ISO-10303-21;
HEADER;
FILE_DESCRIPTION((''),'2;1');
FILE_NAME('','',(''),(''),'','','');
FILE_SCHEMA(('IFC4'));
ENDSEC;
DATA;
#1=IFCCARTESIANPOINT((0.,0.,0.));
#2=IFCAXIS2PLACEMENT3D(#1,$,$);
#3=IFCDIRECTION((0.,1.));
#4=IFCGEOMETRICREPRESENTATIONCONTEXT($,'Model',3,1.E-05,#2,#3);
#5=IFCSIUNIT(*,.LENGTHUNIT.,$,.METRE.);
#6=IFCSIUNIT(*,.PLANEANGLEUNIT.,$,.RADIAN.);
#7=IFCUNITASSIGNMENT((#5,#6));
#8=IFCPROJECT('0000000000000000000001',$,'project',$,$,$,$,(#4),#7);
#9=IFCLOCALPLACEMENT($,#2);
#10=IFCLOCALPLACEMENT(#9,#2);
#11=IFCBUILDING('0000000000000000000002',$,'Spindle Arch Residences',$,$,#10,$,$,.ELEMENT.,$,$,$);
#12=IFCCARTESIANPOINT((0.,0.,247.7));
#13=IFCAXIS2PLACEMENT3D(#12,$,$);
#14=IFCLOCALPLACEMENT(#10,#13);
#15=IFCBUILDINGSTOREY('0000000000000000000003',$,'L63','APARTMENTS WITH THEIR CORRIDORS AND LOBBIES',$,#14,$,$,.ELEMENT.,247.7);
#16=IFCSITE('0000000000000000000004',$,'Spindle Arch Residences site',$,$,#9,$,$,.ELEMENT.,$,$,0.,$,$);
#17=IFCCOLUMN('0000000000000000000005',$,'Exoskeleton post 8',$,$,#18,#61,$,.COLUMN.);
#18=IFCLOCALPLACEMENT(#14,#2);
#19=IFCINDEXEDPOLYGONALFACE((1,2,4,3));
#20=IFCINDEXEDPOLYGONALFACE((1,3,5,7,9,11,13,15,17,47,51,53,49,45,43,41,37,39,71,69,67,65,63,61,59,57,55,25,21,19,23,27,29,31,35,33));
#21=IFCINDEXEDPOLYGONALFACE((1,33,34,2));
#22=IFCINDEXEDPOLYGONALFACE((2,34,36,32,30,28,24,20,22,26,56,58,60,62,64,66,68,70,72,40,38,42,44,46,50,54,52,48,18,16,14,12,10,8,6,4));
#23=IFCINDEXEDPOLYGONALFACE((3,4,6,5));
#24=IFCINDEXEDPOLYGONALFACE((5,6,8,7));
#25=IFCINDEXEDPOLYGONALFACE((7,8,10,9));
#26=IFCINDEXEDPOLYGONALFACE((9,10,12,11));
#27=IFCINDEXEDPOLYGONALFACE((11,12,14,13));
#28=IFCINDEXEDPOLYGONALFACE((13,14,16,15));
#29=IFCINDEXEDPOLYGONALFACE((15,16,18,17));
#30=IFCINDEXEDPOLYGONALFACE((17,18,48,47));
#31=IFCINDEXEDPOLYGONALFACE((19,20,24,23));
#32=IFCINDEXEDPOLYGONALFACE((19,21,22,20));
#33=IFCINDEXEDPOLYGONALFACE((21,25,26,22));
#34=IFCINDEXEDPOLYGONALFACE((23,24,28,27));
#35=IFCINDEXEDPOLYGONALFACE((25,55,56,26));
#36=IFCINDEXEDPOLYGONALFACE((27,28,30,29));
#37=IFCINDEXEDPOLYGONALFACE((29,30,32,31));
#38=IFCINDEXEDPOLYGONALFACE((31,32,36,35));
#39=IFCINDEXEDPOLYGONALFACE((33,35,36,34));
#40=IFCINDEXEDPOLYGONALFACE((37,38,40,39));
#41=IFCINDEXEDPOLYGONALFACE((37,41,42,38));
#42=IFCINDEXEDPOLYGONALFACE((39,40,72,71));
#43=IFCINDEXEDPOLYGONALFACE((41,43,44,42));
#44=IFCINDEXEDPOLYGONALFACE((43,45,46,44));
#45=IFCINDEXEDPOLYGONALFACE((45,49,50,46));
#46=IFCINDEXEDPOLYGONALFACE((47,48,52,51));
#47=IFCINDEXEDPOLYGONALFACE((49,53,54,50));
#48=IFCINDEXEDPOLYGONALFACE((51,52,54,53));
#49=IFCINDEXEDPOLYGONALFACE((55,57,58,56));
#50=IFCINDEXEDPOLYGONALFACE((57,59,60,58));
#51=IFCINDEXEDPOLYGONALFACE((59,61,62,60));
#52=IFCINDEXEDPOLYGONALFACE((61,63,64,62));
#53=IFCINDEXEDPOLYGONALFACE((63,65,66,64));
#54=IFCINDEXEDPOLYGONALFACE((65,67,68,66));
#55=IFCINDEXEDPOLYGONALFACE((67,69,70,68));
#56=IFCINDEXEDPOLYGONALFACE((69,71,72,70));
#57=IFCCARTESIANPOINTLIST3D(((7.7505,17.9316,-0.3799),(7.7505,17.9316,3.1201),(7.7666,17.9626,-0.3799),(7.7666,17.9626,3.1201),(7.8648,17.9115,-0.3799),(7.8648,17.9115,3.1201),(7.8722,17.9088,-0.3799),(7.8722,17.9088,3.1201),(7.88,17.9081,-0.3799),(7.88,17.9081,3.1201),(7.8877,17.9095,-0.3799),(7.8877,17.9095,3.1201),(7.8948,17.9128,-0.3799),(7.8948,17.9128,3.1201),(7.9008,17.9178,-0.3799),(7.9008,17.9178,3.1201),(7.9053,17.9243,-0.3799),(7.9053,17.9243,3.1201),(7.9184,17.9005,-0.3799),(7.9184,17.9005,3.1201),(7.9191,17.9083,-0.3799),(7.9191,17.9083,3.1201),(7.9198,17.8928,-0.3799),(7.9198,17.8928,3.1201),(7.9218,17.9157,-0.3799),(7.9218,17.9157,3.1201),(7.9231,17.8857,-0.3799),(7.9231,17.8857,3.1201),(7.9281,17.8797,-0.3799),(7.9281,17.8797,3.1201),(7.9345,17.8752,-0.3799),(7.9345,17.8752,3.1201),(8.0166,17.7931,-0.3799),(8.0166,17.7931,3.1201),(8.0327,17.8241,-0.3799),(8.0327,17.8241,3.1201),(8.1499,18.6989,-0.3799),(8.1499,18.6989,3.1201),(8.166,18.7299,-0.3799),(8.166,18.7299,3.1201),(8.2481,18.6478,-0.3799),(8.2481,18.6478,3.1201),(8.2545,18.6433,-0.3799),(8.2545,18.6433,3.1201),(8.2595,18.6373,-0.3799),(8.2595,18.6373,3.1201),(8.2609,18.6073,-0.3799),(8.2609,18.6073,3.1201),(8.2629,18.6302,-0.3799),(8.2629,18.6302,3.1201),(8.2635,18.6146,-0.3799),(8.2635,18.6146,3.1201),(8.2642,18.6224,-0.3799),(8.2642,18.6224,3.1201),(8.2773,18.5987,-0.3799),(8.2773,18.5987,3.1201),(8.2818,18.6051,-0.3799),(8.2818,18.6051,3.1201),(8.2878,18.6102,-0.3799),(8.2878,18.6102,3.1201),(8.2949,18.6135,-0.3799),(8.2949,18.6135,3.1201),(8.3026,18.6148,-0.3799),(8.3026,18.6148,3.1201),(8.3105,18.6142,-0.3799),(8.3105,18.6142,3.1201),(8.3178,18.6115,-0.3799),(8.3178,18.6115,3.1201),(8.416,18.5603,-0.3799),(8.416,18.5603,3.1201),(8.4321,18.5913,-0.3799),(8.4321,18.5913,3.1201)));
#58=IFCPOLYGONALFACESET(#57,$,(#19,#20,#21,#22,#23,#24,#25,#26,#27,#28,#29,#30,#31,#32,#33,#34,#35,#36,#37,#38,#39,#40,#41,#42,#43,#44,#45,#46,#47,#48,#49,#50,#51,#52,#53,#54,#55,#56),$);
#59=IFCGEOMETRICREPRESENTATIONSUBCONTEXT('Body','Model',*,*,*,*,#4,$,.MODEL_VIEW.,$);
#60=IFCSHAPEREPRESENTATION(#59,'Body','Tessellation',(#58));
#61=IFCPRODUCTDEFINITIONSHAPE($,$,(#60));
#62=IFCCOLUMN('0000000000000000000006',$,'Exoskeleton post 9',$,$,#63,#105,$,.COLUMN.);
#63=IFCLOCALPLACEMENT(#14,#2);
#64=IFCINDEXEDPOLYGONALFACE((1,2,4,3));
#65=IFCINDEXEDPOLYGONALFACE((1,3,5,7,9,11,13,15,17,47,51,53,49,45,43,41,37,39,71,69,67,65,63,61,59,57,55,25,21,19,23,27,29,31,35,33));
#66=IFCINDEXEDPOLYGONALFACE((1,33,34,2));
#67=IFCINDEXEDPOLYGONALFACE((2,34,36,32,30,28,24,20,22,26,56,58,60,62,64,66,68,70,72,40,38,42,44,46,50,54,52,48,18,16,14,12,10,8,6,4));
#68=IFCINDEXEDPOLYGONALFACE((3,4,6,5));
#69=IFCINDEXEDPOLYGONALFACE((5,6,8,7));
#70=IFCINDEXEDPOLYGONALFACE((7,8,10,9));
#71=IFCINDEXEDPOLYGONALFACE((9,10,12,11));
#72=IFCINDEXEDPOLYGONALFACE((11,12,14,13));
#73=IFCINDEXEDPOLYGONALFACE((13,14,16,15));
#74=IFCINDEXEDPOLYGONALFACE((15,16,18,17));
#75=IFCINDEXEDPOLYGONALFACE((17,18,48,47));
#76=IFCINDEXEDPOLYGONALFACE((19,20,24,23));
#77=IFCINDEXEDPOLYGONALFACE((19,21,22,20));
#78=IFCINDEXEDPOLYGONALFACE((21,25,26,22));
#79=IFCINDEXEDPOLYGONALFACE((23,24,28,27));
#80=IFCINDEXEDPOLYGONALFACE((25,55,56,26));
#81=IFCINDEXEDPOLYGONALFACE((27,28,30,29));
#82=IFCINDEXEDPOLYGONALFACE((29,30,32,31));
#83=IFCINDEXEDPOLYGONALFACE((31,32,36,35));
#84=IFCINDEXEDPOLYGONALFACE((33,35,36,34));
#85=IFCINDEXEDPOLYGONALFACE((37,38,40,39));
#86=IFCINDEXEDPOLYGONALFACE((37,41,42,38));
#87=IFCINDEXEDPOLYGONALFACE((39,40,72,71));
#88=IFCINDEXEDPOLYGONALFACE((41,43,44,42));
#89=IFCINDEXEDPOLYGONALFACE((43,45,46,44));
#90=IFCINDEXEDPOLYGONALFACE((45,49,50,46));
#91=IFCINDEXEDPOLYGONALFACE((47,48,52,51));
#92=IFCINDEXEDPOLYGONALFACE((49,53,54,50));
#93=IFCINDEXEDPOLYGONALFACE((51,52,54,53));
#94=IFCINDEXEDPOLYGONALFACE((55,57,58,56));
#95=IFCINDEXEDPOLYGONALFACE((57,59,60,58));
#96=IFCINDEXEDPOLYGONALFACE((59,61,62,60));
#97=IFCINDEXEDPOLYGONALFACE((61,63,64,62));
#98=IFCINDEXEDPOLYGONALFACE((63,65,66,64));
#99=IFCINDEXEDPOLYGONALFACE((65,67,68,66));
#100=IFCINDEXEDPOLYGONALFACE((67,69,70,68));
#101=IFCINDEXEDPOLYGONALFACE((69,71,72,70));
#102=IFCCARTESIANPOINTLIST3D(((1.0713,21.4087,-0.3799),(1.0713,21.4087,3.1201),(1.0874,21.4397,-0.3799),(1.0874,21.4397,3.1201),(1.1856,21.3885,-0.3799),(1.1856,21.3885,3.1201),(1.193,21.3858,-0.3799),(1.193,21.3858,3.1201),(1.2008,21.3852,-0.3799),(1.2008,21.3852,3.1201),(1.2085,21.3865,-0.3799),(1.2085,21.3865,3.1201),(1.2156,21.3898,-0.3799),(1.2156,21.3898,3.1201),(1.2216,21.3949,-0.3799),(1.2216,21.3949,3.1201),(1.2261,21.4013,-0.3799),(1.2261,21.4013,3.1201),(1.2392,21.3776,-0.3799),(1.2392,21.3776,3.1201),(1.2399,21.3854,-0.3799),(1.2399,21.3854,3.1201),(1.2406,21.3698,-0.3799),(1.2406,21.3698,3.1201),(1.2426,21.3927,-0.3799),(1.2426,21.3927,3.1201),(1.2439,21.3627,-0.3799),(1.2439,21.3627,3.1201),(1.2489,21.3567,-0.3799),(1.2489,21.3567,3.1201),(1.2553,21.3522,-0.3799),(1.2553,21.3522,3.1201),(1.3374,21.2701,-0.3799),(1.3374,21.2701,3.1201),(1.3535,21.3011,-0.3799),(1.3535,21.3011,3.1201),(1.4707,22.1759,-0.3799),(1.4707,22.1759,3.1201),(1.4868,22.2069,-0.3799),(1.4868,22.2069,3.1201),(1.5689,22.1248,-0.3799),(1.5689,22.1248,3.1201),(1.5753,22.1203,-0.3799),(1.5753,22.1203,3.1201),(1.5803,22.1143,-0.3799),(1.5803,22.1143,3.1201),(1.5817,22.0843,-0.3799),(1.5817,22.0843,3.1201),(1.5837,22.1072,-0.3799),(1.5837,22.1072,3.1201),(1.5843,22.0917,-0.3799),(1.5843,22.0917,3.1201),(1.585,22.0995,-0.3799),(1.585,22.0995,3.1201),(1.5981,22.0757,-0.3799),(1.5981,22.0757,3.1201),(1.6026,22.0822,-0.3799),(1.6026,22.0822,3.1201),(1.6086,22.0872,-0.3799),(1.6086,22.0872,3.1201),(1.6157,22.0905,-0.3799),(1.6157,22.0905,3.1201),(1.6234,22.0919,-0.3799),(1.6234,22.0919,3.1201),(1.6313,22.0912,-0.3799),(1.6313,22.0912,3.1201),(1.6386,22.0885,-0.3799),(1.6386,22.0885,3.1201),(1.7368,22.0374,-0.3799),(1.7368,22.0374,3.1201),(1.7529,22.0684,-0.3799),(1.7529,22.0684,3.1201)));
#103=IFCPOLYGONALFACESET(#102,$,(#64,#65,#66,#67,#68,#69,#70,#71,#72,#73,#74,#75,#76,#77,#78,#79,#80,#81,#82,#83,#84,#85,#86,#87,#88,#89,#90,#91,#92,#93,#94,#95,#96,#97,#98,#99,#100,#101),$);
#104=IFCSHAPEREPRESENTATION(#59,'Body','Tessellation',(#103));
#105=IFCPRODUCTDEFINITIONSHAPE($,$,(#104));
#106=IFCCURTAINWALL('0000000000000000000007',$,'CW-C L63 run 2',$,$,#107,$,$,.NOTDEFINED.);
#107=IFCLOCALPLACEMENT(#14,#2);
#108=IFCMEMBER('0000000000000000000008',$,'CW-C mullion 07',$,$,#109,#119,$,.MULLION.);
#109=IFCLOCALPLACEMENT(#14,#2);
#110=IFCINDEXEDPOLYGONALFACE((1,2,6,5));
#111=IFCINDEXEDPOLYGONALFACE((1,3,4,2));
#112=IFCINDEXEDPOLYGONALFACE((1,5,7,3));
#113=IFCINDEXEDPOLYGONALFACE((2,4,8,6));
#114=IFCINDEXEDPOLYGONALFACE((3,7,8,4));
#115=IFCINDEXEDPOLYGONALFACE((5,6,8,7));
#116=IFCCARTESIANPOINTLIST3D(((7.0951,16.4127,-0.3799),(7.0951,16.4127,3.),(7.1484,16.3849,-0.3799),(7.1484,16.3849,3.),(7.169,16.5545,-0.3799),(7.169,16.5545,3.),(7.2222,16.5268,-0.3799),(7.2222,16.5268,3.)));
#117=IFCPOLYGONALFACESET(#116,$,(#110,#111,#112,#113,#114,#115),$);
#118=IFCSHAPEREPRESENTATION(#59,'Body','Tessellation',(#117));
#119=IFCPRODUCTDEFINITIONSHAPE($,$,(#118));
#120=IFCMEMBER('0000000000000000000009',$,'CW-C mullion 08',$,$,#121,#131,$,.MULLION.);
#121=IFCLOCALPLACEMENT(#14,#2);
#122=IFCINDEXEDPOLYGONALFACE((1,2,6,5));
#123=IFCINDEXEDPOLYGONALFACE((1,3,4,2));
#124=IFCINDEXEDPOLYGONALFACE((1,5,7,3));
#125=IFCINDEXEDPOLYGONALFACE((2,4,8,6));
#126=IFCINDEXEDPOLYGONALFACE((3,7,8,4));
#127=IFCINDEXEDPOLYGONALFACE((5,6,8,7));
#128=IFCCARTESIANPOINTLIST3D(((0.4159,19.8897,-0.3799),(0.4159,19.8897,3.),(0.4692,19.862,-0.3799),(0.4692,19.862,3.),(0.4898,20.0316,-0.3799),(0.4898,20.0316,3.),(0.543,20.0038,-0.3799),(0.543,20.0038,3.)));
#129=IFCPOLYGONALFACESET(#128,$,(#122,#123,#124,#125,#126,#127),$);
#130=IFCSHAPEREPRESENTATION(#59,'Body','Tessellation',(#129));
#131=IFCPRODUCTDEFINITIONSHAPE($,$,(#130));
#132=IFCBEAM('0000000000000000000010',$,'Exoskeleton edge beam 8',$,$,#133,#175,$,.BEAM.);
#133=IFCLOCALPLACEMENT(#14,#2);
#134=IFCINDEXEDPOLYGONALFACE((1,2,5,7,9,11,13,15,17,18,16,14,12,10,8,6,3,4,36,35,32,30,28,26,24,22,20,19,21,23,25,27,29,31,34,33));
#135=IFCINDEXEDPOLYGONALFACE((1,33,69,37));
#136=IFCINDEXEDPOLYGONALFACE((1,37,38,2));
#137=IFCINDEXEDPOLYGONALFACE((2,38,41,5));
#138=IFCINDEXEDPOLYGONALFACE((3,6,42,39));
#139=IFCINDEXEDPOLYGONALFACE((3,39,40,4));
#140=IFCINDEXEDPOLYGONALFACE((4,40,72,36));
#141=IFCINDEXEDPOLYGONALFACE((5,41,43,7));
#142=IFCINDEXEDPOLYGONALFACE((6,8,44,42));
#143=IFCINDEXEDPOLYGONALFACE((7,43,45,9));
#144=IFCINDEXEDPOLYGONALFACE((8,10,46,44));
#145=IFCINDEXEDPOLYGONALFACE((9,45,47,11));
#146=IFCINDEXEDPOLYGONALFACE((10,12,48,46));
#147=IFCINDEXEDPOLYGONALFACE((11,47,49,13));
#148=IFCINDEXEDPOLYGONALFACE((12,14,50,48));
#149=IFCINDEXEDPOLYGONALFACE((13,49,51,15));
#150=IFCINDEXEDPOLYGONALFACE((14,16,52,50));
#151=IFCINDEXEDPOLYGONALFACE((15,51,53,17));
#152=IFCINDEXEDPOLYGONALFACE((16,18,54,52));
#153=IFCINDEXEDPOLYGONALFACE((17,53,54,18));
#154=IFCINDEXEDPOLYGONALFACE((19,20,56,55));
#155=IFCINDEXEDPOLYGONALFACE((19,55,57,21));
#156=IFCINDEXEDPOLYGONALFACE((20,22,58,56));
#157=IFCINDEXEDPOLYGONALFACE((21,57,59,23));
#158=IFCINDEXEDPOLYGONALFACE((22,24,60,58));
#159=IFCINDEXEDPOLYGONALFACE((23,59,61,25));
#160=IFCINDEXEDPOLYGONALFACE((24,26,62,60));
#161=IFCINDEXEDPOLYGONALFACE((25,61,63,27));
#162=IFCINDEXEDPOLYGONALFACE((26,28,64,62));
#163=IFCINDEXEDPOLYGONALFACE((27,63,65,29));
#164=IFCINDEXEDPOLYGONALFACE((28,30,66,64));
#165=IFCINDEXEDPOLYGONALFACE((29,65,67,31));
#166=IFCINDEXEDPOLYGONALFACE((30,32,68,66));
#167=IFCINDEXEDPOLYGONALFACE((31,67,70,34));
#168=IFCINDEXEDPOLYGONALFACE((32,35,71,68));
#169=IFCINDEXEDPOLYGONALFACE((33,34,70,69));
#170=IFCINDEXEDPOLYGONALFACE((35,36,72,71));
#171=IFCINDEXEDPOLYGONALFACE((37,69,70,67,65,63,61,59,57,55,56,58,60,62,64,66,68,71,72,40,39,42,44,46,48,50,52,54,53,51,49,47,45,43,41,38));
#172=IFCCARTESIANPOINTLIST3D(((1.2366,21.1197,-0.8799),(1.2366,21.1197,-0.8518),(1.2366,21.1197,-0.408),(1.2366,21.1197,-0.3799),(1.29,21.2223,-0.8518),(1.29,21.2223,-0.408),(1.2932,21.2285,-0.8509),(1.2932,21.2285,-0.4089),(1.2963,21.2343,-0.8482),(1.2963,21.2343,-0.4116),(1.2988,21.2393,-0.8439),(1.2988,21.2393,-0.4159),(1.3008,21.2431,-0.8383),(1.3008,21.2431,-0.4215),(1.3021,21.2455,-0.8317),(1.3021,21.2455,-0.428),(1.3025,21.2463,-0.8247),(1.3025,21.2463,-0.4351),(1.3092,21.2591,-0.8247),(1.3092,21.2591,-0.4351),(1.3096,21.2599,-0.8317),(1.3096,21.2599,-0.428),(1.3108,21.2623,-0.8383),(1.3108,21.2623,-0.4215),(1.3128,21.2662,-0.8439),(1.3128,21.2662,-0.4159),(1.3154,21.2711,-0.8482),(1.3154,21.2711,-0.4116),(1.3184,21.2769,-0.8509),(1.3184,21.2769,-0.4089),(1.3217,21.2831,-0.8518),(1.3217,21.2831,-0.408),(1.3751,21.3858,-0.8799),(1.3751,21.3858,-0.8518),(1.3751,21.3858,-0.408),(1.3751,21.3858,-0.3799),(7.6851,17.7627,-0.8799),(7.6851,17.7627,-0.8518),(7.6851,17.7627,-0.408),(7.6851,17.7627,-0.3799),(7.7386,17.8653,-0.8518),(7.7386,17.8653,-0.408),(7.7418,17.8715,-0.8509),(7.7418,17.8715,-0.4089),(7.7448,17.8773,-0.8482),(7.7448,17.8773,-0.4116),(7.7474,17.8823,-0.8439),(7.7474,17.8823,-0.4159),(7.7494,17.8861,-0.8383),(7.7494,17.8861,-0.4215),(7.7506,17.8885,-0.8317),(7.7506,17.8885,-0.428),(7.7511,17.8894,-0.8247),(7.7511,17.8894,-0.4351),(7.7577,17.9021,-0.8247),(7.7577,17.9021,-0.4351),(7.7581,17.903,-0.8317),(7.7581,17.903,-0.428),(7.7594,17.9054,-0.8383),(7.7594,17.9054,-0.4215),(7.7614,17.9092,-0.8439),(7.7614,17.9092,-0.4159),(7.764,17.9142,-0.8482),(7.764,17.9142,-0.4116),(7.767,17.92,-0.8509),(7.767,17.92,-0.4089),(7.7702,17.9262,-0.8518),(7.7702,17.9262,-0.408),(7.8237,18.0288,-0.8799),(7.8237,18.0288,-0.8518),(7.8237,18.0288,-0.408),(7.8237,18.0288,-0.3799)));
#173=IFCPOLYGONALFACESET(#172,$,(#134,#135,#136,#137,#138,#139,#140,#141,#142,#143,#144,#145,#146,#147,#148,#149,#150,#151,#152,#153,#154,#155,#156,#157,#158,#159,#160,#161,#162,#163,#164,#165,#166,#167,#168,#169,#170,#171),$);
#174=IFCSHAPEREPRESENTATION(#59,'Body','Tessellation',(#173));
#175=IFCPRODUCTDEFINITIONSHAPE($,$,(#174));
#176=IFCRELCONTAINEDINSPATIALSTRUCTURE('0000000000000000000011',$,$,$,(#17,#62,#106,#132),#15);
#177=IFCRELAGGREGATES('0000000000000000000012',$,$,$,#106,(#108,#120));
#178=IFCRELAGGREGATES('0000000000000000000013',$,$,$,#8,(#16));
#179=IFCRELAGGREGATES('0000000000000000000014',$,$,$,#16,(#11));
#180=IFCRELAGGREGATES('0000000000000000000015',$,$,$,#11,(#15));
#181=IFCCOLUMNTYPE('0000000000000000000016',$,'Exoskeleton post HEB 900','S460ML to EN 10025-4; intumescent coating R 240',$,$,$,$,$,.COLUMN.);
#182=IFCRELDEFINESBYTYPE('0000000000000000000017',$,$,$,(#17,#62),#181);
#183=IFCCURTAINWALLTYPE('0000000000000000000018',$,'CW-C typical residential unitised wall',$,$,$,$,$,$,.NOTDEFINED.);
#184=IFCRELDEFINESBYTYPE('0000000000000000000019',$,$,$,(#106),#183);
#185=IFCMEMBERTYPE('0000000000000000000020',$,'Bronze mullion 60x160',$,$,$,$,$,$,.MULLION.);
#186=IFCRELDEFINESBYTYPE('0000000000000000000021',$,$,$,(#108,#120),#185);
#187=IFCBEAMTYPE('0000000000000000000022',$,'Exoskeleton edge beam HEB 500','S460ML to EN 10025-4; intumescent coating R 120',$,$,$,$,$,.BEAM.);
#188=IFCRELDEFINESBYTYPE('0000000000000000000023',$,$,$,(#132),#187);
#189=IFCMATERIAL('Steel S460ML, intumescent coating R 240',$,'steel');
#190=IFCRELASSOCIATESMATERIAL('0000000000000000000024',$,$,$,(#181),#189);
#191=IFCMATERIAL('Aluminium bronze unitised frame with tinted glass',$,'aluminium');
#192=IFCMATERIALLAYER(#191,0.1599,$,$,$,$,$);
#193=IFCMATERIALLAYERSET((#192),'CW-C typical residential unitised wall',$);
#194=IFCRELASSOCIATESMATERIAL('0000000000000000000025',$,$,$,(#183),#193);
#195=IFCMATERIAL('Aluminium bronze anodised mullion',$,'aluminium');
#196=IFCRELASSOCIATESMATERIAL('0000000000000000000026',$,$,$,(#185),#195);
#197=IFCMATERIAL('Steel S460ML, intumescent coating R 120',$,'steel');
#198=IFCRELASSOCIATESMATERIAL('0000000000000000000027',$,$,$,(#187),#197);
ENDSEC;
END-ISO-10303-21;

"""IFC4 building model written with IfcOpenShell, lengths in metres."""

from ifc_helpers import new_model, si_unit, direction, frame, origin, origin_2d, place, context, subcontext, project, spatial, rectangle, i_section, extrude, material, layer, layer_set, material_profile, profile_set, type_object, element, aggregate, save


model = new_model("IFC4")

# Units and contexts
model_context = context("Model", 3, precision=1e-05, world=origin(), true_north=direction((0.0, 1.0)))
body_context = subcontext(model_context, "Body", "Model", "MODEL_VIEW")
ifc_project = project(units=[si_unit("LENGTHUNIT", "METRE"), si_unit("PLANEANGLEUNIT", "RADIAN")], contexts=[model_context])

# Site, building, storey
site_placement = place(None, origin())
site = spatial("IfcSite", under=ifc_project, at=site_placement, Name="Spindle Arch Residences site", CompositionType="ELEMENT", RefElevation=0.0)
building_placement = place(site_placement, origin())
building = spatial("IfcBuilding", under=site, at=building_placement, Name="Spindle Arch Residences", CompositionType="ELEMENT")
storey_placement = place(building_placement, frame((0.0, 0.0, 247.7)))
storey = spatial("IfcBuildingStorey", under=building, at=storey_placement, Name="L63", Description="APARTMENTS WITH THEIR CORRIDORS AND LOBBIES", CompositionType="ELEMENT", Elevation=247.7)

# Columns
ifc_material_1 = material(Name="Steel S460ML, intumescent coating R 240", Category="steel")
ifc_material_profile_1 = material_profile(ifc_material_1, i_section(OverallWidth=0.3, OverallDepth=0.8999, WebThickness=0.0186, FlangeThickness=0.0349, FilletRadius=0.03, at=origin_2d()), Name="HEB 900")
ifc_profile_set_1 = profile_set([ifc_material_profile_1], Name="Steel S460ML, intumescent coating R 240")
column_type = type_object("IfcColumnType", Name="Exoskeleton post HEB 900", Description="S460ML to EN 10025-4; intumescent coating R 240", PredefinedType="COLUMN", material=ifc_profile_set_1)
for number, where, z_axis, x_axis, name in (
    (1, (8.0913, 18.2615, -0.3799), (0.0, 0.0, 1.0), (0.887011, -0.461749, 0.0), "Exoskeleton post 8"),
    (2, (1.4121, 21.7385, -0.3799), (0.0, 0.0, 1.0), (0.887011, -0.461749, 0.0), "Exoskeleton post 9"),
):
    element("IfcColumn", number, at=place(storey_placement, frame(where, z_axis=z_axis, x_axis=x_axis)), inside=storey, type_object=column_type, Name=name, PredefinedType="COLUMN", context=body_context, shape_type="SweptSolid", body=[
        extrude(i_section(OverallWidth=0.3, OverallDepth=0.8999, WebThickness=0.0186, FlangeThickness=0.0349, FilletRadius=0.03, at=origin_2d()), origin(), (0.0, 0.0, 1.0), 3.5),
    ])

# Curtain wall, members
ifc_material_2 = material(Name="Aluminium bronze unitised frame with tinted glass", Category="aluminium")
ifc_layer_1 = layer(ifc_material_2, 0.1599)
ifc_layer_set_1 = layer_set([ifc_layer_1], Name="CW-C typical residential unitised wall")
curtain_wall_type = type_object("IfcCurtainWallType", Name="CW-C typical residential unitised wall", PredefinedType="NOTDEFINED", material=ifc_layer_set_1)
curtain_wall_placement = place(storey_placement, origin())
curtain_wall = element("IfcCurtainWall", 3, at=curtain_wall_placement, inside=storey, type_object=curtain_wall_type, Name="CW-C L63 run 2", PredefinedType="NOTDEFINED")
ifc_material_3 = material(Name="Aluminium bronze anodised mullion", Category="aluminium")
ifc_material_profile_2 = material_profile(ifc_material_3, rectangle(XDim=0.1599, YDim=0.0601, at=origin_2d()), Name="MU 60x160")
ifc_profile_set_2 = profile_set([ifc_material_profile_2], Name="Aluminium bronze anodised mullion")
member_type = type_object("IfcMemberType", Name="Bronze mullion 60x160", PredefinedType="MULLION", material=ifc_profile_set_2)
member_1_placement = place(storey_placement, frame((7.1587, 16.4697, -0.3799), z_axis=(0.0, 0.0, 1.0), x_axis=(-0.461749, -0.887011, 0.0)))
member_1 = element("IfcMember", 4, at=member_1_placement, type_object=member_type, Name="CW-C mullion 07", PredefinedType="MULLION", context=body_context, shape_type="SweptSolid", body=[
    extrude(rectangle(XDim=0.1599, YDim=0.0601, at=origin_2d()), origin(), (0.0, 0.0, 1.0), 3.3799),
])
member_2_placement = place(storey_placement, frame((0.4795, 19.9468, -0.3799), z_axis=(0.0, 0.0, 1.0), x_axis=(-0.461749, -0.887011, 0.0)))
member_2 = element("IfcMember", 5, at=member_2_placement, type_object=member_type, Name="CW-C mullion 08", PredefinedType="MULLION", context=body_context, shape_type="SweptSolid", body=[
    extrude(rectangle(XDim=0.1599, YDim=0.0601, at=origin_2d()), origin(), (0.0, 0.0, 1.0), 3.3799),
])

# Beam
ifc_material_4 = material(Name="Steel S460ML, intumescent coating R 120", Category="steel")
ifc_material_profile_3 = material_profile(ifc_material_4, i_section(OverallWidth=0.3, OverallDepth=0.5, WebThickness=0.0144, FlangeThickness=0.0281, FilletRadius=0.0271, at=origin_2d()), Name="HEB 500")
ifc_profile_set_3 = profile_set([ifc_material_profile_3], Name="Steel S460ML, intumescent coating R 120")
beam_type_1 = type_object("IfcBeamType", Name="Exoskeleton edge beam HEB 500", Description="S460ML to EN 10025-4; intumescent coating R 120", PredefinedType="BEAM", material=ifc_profile_set_3)
for number, where, z_axis, x_axis, name in (
    (6, (7.7544, 17.8958, -0.6299), (-0.887007, 0.461756, 0.0), (-0.461756, -0.887007, 0.0), "Exoskeleton edge beam 8"),
):
    element("IfcBeam", number, at=place(storey_placement, frame(where, z_axis=z_axis, x_axis=x_axis)), inside=storey, type_object=beam_type_1, Name=name, PredefinedType="BEAM", context=body_context, shape_type="SweptSolid", body=[
        extrude(i_section(OverallWidth=0.3, OverallDepth=0.5, WebThickness=0.0144, FlangeThickness=0.0281, FilletRadius=0.0271, at=origin_2d()), origin(), (0.0, 0.0, 1.0), 7.27),
    ])

aggregate(curtain_wall, [member_1, member_2])

save(model, "model.ifc")
